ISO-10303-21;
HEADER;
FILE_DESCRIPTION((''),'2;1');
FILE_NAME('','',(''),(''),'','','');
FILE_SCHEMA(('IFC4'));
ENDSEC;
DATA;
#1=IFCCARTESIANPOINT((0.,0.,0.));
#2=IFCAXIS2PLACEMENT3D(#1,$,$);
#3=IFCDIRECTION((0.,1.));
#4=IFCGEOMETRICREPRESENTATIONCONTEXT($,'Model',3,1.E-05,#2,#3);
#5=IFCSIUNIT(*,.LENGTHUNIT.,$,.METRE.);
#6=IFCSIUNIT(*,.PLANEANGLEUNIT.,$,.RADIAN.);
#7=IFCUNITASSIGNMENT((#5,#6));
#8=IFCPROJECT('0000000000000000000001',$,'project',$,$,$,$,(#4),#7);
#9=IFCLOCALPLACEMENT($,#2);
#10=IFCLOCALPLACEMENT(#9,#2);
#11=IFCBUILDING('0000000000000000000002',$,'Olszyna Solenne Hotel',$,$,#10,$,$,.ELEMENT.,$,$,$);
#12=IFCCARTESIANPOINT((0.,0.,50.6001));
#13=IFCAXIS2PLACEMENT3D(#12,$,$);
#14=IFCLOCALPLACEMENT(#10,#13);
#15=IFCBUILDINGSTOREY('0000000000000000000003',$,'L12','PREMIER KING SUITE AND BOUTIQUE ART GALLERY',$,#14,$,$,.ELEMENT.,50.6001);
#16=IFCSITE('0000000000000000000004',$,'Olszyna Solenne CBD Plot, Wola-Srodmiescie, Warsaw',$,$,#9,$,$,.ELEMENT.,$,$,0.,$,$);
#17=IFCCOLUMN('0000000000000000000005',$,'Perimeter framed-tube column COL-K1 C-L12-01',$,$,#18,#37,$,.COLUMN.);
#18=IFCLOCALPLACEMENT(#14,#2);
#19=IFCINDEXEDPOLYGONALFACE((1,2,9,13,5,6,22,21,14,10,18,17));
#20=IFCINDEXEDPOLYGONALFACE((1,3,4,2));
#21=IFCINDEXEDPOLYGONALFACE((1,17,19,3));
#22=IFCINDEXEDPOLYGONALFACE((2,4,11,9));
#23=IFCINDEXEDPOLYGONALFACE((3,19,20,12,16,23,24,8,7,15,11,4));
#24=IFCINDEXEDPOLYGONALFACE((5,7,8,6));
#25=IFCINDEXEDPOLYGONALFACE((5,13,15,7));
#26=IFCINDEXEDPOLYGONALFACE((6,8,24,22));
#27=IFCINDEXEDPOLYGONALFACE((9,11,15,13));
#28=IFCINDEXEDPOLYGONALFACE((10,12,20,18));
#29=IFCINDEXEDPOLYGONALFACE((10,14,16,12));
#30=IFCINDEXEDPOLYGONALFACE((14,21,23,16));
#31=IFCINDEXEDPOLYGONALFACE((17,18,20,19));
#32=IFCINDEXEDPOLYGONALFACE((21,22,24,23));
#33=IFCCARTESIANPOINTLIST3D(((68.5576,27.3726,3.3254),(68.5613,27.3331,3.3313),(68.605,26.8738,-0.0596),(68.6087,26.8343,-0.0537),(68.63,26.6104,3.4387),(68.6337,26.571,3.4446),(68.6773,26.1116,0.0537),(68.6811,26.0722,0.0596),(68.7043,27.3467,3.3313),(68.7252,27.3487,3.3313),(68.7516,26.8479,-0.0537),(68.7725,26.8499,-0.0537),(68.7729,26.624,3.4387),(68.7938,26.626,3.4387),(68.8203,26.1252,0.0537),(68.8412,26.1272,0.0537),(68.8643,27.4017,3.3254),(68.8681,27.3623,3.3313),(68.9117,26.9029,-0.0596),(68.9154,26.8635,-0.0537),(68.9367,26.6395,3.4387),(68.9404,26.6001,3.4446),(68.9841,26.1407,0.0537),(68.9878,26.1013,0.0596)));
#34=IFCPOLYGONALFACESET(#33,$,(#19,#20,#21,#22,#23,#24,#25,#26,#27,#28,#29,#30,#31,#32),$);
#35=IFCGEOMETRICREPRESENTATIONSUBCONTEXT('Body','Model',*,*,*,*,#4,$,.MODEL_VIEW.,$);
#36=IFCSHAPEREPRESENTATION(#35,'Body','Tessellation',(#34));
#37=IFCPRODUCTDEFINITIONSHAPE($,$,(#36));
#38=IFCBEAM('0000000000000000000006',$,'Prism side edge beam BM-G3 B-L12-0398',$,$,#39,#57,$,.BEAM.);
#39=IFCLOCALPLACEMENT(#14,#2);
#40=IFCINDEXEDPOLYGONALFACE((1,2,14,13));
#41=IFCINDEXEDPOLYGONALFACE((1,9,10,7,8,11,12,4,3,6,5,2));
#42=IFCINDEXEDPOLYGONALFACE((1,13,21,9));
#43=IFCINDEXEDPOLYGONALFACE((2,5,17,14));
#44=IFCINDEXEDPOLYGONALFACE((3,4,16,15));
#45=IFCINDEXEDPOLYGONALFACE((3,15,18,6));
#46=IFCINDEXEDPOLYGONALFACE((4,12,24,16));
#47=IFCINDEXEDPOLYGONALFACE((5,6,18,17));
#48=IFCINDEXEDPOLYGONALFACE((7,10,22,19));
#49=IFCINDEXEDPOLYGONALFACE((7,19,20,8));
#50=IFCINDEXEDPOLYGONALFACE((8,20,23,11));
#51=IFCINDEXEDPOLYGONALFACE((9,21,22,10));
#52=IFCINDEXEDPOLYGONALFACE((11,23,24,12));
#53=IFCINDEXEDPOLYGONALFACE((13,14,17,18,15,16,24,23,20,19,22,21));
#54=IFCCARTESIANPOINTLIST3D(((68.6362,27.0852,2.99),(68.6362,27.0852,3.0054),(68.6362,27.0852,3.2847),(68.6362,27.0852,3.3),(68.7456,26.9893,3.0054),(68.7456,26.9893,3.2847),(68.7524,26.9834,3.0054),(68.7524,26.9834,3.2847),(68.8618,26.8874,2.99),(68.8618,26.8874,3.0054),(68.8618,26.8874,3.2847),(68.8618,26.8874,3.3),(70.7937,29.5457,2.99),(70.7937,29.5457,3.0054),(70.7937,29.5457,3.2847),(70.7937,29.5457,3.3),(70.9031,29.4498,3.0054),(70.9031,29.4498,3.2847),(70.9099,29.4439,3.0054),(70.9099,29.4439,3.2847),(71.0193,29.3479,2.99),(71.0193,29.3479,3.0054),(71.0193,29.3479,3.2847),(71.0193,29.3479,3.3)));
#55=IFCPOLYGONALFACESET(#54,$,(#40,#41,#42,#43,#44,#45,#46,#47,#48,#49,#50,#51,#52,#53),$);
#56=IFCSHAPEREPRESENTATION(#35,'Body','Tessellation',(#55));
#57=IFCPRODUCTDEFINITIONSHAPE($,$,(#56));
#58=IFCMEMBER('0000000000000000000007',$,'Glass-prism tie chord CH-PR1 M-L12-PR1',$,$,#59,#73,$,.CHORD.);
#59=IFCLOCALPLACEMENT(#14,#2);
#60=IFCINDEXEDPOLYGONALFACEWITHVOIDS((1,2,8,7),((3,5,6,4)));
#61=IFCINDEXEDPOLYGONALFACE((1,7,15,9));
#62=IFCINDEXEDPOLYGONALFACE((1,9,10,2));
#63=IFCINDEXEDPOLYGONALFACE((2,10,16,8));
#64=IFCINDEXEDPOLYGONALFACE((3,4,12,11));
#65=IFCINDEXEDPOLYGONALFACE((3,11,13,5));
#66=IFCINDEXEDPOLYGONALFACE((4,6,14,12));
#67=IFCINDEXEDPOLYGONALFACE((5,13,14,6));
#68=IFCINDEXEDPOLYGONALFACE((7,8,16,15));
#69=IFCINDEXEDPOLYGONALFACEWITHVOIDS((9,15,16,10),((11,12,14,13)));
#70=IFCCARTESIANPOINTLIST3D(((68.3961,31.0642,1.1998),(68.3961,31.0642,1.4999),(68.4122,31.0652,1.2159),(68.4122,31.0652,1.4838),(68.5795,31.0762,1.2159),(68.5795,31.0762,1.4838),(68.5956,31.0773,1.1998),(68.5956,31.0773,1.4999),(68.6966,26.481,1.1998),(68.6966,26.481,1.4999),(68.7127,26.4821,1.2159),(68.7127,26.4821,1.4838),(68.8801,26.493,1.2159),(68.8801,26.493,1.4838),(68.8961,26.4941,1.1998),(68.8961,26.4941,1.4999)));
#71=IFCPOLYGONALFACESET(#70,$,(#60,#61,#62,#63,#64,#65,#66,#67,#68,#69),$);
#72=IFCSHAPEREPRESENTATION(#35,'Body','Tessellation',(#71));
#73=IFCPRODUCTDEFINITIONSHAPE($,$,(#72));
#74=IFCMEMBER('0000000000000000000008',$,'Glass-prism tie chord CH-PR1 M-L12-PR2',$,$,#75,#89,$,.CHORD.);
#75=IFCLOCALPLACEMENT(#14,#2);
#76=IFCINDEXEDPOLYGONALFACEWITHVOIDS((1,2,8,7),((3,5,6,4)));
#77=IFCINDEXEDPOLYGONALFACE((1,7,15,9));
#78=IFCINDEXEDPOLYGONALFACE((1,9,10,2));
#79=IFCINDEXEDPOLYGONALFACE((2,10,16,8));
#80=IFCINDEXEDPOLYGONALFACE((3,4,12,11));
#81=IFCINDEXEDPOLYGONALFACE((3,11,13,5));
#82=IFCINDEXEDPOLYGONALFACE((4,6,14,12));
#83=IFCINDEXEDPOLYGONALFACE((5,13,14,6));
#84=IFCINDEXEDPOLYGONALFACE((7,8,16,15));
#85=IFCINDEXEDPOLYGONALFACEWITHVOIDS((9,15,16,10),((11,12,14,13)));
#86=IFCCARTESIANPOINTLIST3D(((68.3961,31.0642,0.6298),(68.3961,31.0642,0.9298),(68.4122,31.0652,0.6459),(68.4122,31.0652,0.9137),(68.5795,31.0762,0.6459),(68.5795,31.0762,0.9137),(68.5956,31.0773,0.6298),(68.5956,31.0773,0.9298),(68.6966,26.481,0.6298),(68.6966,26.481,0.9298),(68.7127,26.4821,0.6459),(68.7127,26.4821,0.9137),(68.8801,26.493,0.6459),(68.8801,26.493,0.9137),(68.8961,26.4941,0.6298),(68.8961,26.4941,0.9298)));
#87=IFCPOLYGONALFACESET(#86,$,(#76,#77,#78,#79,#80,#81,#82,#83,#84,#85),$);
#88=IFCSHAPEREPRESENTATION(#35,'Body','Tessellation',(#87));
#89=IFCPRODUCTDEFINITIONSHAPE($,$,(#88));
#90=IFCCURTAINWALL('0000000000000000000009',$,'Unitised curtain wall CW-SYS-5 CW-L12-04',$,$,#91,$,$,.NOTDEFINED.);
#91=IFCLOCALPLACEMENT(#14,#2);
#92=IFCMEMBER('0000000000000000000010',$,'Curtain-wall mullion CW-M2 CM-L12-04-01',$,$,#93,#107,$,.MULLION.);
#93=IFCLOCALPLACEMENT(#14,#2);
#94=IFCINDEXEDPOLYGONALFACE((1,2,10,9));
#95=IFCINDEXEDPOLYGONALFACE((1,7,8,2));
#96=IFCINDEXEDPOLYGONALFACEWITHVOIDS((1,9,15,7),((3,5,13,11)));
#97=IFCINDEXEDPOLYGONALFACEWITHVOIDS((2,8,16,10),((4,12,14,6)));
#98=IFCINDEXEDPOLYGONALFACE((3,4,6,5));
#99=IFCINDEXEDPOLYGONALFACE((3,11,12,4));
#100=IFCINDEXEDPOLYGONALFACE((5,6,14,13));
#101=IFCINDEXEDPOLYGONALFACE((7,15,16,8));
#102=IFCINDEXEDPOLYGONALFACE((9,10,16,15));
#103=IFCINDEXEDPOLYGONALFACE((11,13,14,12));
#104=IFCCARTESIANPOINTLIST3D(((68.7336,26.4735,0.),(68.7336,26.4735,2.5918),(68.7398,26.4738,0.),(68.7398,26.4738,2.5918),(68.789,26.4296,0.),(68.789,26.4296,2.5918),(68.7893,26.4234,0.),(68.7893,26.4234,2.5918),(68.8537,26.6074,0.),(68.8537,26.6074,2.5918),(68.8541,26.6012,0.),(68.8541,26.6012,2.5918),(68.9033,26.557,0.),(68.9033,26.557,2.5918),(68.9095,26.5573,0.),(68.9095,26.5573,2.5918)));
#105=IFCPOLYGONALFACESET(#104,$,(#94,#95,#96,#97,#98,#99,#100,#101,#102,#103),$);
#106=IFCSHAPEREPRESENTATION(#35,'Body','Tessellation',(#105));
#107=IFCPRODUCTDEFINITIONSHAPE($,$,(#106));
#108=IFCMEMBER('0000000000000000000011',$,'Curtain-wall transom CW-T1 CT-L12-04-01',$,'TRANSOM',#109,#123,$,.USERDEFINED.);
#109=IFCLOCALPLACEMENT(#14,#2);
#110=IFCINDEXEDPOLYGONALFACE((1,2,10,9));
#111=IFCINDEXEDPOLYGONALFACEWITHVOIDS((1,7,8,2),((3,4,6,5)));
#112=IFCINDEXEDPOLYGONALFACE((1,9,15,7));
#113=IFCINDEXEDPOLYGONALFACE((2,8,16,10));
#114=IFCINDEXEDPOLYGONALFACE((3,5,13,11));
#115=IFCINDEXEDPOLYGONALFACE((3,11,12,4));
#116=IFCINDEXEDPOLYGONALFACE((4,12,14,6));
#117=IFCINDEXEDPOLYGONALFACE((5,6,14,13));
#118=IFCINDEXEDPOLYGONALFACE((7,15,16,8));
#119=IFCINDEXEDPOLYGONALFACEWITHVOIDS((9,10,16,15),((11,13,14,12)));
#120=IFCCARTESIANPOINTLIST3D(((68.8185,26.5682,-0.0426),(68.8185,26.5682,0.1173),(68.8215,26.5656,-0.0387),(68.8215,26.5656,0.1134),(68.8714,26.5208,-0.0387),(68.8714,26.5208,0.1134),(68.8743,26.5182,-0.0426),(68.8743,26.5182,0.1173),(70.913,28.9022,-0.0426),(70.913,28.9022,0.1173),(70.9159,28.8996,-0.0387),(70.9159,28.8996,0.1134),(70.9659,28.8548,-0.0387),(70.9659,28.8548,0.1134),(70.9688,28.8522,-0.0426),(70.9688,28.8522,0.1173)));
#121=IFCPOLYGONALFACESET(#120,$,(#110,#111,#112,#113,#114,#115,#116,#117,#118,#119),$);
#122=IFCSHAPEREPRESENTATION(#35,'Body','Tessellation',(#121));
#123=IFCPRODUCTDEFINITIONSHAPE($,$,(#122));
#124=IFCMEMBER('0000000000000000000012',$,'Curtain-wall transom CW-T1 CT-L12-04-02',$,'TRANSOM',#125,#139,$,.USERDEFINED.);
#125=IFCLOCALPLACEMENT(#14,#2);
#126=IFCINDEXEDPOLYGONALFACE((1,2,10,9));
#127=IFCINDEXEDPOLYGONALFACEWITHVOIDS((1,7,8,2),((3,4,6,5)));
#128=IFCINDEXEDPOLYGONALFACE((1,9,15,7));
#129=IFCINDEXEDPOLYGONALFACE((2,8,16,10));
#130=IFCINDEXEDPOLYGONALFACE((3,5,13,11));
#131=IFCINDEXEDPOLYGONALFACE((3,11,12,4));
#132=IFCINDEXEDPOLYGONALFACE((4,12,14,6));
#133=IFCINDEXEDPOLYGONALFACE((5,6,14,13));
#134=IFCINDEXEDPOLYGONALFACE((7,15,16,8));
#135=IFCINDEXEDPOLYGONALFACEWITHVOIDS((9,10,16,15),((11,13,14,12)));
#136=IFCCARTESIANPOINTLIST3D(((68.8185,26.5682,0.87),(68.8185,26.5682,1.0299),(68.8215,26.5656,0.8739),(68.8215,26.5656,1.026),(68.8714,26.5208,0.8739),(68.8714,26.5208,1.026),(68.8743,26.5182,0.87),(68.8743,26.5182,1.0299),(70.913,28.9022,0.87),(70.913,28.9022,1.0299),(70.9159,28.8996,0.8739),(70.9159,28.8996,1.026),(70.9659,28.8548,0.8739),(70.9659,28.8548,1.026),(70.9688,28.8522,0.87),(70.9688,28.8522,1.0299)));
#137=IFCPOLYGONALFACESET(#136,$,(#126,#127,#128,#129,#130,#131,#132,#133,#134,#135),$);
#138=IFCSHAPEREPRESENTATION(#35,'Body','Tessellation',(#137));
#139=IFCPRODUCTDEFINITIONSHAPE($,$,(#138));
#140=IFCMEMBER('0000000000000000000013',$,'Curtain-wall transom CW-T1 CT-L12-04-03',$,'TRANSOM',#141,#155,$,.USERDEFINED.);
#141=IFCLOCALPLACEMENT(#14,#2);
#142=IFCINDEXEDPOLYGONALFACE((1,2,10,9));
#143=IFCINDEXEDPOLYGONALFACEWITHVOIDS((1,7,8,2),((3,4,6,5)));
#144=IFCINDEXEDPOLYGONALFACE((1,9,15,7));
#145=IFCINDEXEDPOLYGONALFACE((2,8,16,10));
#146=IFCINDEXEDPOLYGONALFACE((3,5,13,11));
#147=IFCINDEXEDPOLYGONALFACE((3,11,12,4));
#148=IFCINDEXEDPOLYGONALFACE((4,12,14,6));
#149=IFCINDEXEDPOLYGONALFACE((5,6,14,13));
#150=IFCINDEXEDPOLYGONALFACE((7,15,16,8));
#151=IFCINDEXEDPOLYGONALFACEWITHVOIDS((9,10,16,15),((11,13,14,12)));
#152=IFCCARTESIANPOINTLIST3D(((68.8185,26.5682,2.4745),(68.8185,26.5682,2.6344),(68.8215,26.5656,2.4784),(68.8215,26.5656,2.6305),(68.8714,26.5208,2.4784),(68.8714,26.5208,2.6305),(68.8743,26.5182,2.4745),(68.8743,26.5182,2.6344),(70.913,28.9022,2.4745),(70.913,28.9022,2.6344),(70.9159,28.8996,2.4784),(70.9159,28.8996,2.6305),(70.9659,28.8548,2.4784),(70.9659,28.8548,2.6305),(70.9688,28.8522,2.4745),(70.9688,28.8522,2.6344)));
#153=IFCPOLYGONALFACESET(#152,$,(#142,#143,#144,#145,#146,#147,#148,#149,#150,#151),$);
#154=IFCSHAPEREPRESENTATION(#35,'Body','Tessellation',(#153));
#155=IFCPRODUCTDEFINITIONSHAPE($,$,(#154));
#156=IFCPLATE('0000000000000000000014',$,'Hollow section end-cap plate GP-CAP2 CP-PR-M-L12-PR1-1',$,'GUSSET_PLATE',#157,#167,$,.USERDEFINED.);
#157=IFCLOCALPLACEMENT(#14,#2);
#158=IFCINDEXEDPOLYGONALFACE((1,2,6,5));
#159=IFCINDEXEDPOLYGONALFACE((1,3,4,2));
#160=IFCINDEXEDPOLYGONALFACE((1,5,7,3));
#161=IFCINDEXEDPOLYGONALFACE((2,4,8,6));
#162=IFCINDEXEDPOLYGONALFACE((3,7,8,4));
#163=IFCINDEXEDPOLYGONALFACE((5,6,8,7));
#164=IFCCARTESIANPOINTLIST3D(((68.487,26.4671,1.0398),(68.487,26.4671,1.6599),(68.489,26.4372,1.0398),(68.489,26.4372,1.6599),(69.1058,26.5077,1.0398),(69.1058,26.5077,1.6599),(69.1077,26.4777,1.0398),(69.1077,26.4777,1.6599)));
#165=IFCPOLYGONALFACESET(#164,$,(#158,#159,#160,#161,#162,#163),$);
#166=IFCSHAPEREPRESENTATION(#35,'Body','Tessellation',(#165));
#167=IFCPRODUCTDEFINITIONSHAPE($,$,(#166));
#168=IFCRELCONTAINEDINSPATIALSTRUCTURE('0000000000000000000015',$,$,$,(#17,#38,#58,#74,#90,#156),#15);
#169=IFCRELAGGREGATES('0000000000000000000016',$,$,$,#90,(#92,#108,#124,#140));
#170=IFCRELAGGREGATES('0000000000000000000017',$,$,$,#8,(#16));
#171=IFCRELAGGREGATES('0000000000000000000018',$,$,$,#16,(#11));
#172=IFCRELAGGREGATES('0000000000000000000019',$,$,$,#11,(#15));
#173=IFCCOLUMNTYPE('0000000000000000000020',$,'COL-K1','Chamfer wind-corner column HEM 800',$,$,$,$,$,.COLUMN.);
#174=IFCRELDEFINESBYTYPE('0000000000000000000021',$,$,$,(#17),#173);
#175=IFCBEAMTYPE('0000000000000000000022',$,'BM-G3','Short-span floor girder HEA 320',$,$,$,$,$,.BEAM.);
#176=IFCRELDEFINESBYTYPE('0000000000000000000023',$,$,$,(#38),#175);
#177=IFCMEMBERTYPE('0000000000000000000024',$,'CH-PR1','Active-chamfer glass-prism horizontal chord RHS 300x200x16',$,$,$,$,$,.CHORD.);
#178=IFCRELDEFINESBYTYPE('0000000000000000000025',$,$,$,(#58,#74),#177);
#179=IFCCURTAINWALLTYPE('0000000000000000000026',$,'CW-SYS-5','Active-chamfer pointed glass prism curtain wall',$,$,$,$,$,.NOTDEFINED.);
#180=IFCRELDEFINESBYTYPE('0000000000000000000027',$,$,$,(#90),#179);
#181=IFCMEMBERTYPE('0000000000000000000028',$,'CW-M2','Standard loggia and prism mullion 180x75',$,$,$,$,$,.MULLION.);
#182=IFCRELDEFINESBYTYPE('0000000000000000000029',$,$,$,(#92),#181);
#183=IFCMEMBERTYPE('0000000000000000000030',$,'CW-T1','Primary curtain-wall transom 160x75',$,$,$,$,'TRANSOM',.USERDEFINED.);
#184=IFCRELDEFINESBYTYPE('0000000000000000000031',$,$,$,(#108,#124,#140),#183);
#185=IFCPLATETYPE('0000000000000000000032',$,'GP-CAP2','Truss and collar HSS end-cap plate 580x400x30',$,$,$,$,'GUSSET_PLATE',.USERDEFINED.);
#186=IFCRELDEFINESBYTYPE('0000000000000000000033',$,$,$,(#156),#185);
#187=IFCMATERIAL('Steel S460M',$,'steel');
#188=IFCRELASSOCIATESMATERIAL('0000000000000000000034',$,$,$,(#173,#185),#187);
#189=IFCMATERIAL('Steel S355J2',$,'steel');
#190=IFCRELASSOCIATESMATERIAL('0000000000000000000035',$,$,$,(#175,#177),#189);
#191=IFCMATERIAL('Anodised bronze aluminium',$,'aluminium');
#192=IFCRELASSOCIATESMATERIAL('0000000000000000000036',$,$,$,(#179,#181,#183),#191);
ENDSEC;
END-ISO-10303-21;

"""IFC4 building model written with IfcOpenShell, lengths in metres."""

from ifc_helpers import new_model, si_unit, direction, frame, origin, origin_2d, place, context, subcontext, project, spatial, rectangle, hollow_rectangle, i_section, extrude, source, transform, mapped, material, material_profile, profile_set, type_object, element, aggregate, save


model = new_model("IFC4")

# Units and contexts
model_context = context("Model", 3, precision=1e-05, world=origin(), true_north=direction((0.0, 1.0)))
body_context = subcontext(model_context, "Body", "Model", "MODEL_VIEW")
ifc_project = project(units=[si_unit("LENGTHUNIT", "METRE"), si_unit("PLANEANGLEUNIT", "RADIAN")], contexts=[model_context])

# Site, building, storey
site_placement = place(None, origin())
site = spatial("IfcSite", under=ifc_project, at=site_placement, Name="Olszyna Solenne CBD Plot, Wola-Srodmiescie, Warsaw", CompositionType="ELEMENT", RefElevation=0.0)
building_placement = place(site_placement, origin())
building = spatial("IfcBuilding", under=site, at=building_placement, Name="Olszyna Solenne Hotel", CompositionType="ELEMENT")
storey_placement = place(building_placement, frame((0.0, 0.0, 50.6001)))
storey = spatial("IfcBuildingStorey", under=building, at=storey_placement, Name="L12", Description="PREMIER KING SUITE AND BOUTIQUE ART GALLERY", CompositionType="ELEMENT", Elevation=50.6001)

# Column
ifc_material_1 = material(Name="Steel S460M", Category="steel")
ifc_material_profile_1 = material_profile(ifc_material_1, i_section(OverallWidth=0.3081, OverallDepth=0.814, WebThickness=0.021, FlangeThickness=0.04, at=origin_2d()), Name="HEM 800", Category="load-bearing")
ifc_profile_set_1 = profile_set([ifc_material_profile_1], Name="Steel S460M")
column_type = type_object("IfcColumnType", Name="COL-K1", Description="Chamfer wind-corner column HEM 800", PredefinedType="COLUMN", material=ifc_profile_set_1)
shared_shape_1 = source(origin(), body_context, "Body", "SweptSolid", [
    extrude(i_section(OverallWidth=0.3081, OverallDepth=0.814, WebThickness=0.021, FlangeThickness=0.04, at=origin_2d()), origin(), (0.0, 0.0, 1.0), 3.4219),
])
column_placement = place(storey_placement, frame((68.7964, 26.4875, 0.0), z_axis=(-0.013841, 0.145761, 0.989223), x_axis=(-0.995522, -0.094533, 0.0)))
element("IfcColumn", 1, at=column_placement, inside=storey, type_object=column_type, Name="Perimeter framed-tube column COL-K1 C-L12-01", PredefinedType="COLUMN", context=body_context, shape_type="MappedRepresentation", body=[
    mapped(shared_shape_1, transform((0.0, 0.0, 0.0), x_axis=(1.0, 0.0, 0.0), y_axis=(0.0, 1.0, 0.0), z_axis=(0.0, 0.0, 1.0), scale=1.0)),
])

# Beam
ifc_material_2 = material(Name="Steel S355J2", Category="steel")
ifc_material_profile_2 = material_profile(ifc_material_2, i_section(OverallWidth=0.3, OverallDepth=0.3101, WebThickness=0.009, FlangeThickness=0.0154, at=origin_2d()), Name="HEA 320", Category="load-bearing")
ifc_profile_set_2 = profile_set([ifc_material_profile_2], Name="Steel S355J2")
beam_type = type_object("IfcBeamType", Name="BM-G3", Description="Short-span floor girder HEA 320", PredefinedType="BEAM", material=ifc_profile_set_2)
shared_shape_2 = source(origin(), body_context, "Body", "SweptSolid", [
    extrude(i_section(OverallWidth=0.3, OverallDepth=0.3101, WebThickness=0.009, FlangeThickness=0.0154, at=origin_2d()), origin(), (0.0, 0.0, 1.0), 3.2725),
])
beam_placement = place(storey_placement, frame((68.749, 26.9863, 3.145), z_axis=(0.659297, 0.751883, 0.0), x_axis=(-0.751883, 0.659297, 0.0)))
element("IfcBeam", 2, at=beam_placement, inside=storey, type_object=beam_type, Name="Prism side edge beam BM-G3 B-L12-0398", PredefinedType="BEAM", context=body_context, shape_type="MappedRepresentation", body=[
    mapped(shared_shape_2, transform((0.0, 0.0, 0.0), x_axis=(1.0, 0.0, 0.0), y_axis=(0.0, 1.0, 0.0), z_axis=(0.0, 0.0, 1.0), scale=1.0)),
])

# Members
ifc_material_profile_3 = material_profile(ifc_material_2, hollow_rectangle(XDim=0.2, YDim=0.3, WallThickness=0.0161, at=origin_2d()), Name="RHS 300x200x16", Category="load-bearing")
ifc_profile_set_3 = profile_set([ifc_material_profile_3], Name="Steel S355J2")
member_type_1 = type_object("IfcMemberType", Name="CH-PR1", Description="Active-chamfer glass-prism horizontal chord RHS 300x200x16", PredefinedType="CHORD", material=ifc_profile_set_3)
shared_shape_3 = source(origin(), body_context, "Body", "SweptSolid", [
    extrude(hollow_rectangle(XDim=0.2, YDim=0.3, WallThickness=0.0161, at=origin_2d()), origin(), (0.0, 0.0, 1.0), 4.593),
])
for number, where, z_axis, x_axis, name in (
    (3, (68.7964, 26.4875, 1.3499), (-0.065432, 0.997857, 0.0), (-0.997857, -0.065432, 0.0), "Glass-prism tie chord CH-PR1 M-L12-PR1"),
    (4, (68.7964, 26.4875, 0.7798), (-0.065432, 0.997857, 0.0), (-0.997857, -0.065432, 0.0), "Glass-prism tie chord CH-PR1 M-L12-PR2"),
):
    element("IfcMember", number, at=place(storey_placement, frame(where, z_axis=z_axis, x_axis=x_axis)), inside=storey, type_object=member_type_1, Name=name, PredefinedType="CHORD", context=body_context, shape_type="MappedRepresentation", body=[
        mapped(shared_shape_3, transform((0.0, 0.0, 0.0), x_axis=(1.0, 0.0, 0.0), y_axis=(0.0, 1.0, 0.0), z_axis=(0.0, 0.0, 1.0), scale=1.0)),
    ])

# Curtain wall, members
ifc_material_3 = material(Name="Anodised bronze aluminium", Category="aluminium")
curtain_wall_type = type_object("IfcCurtainWallType", Name="CW-SYS-5", Description="Active-chamfer pointed glass prism curtain wall", PredefinedType="NOTDEFINED", material=ifc_material_3)
curtain_wall_placement = place(storey_placement, origin())
curtain_wall = element("IfcCurtainWall", 5, at=curtain_wall_placement, inside=storey, type_object=curtain_wall_type, Name="Unitised curtain wall CW-SYS-5 CW-L12-04", PredefinedType="NOTDEFINED")
ifc_material_profile_4 = material_profile(ifc_material_3, hollow_rectangle(XDim=0.075, YDim=0.1799, WallThickness=0.0044, at=origin_2d()), Name="MULL 180x75x4.5", Category="load-bearing")
ifc_profile_set_4 = profile_set([ifc_material_profile_4], Name="Anodised bronze aluminium")
member_type_2 = type_object("IfcMemberType", Name="CW-M2", Description="Standard loggia and prism mullion 180x75", PredefinedType="MULLION", material=ifc_profile_set_4)
shared_shape_4 = source(origin(), body_context, "Body", "SweptSolid", [
    extrude(hollow_rectangle(XDim=0.075, YDim=0.1799, WallThickness=0.0044, at=origin_2d()), origin(), (0.0, 0.0, 1.0), 2.5918),
])
member_1_placement = place(storey_placement, frame((68.8215, 26.5154, 0.0), z_axis=(0.0, 0.0, 1.0), x_axis=(-0.744226, 0.667928, 0.0)))
member_1 = element("IfcMember", 6, at=member_1_placement, type_object=member_type_2, Name="Curtain-wall mullion CW-M2 CM-L12-04-01", PredefinedType="MULLION", context=body_context, shape_type="MappedRepresentation", body=[
    mapped(shared_shape_4, transform((0.0, 0.0, 0.0), x_axis=(1.0, 0.0, 0.0), y_axis=(0.0, 1.0, 0.0), z_axis=(0.0, 0.0, 1.0), scale=1.0)),
])
ifc_material_profile_5 = material_profile(ifc_material_3, hollow_rectangle(XDim=0.075, YDim=0.1599, WallThickness=0.0039, at=origin_2d()), Name="TRAN 160x75x4", Category="load-bearing")
ifc_profile_set_5 = profile_set([ifc_material_profile_5], Name="Anodised bronze aluminium")
member_type_3 = type_object("IfcMemberType", Name="CW-T1", Description="Primary curtain-wall transom 160x75", ElementType="TRANSOM", PredefinedType="USERDEFINED", material=ifc_profile_set_5)
shared_shape_5 = source(origin(), body_context, "Body", "SweptSolid", [
    extrude(hollow_rectangle(XDim=0.075, YDim=0.1599, WallThickness=0.0039, at=origin_2d()), origin(), (0.0, 0.0, 1.0), 3.136),
])
member_2_placement = place(storey_placement, frame((68.8464, 26.5432, 0.0374), z_axis=(0.667889, 0.744261, 0.0), x_axis=(-0.744261, 0.667889, 0.0)))
member_2 = element("IfcMember", 7, at=member_2_placement, type_object=member_type_3, Name="Curtain-wall transom CW-T1 CT-L12-04-01", ObjectType="TRANSOM", PredefinedType="USERDEFINED", context=body_context, shape_type="MappedRepresentation", body=[
    mapped(shared_shape_5, transform((0.0, 0.0, 0.0), x_axis=(1.0, 0.0, 0.0), y_axis=(0.0, 1.0, 0.0), z_axis=(0.0, 0.0, 1.0), scale=1.0)),
])
member_3_placement = place(storey_placement, frame((68.8464, 26.5432, 0.95), z_axis=(0.667889, 0.744261, 0.0), x_axis=(-0.744261, 0.667889, 0.0)))
member_3 = element("IfcMember", 8, at=member_3_placement, type_object=member_type_3, Name="Curtain-wall transom CW-T1 CT-L12-04-02", ObjectType="TRANSOM", PredefinedType="USERDEFINED", context=body_context, shape_type="MappedRepresentation", body=[
    mapped(shared_shape_5, transform((0.0, 0.0, 0.0), x_axis=(1.0, 0.0, 0.0), y_axis=(0.0, 1.0, 0.0), z_axis=(0.0, 0.0, 1.0), scale=1.0)),
])
member_4_placement = place(storey_placement, frame((68.8464, 26.5432, 2.5544), z_axis=(0.667889, 0.744261, 0.0), x_axis=(-0.744261, 0.667889, 0.0)))
member_4 = element("IfcMember", 9, at=member_4_placement, type_object=member_type_3, Name="Curtain-wall transom CW-T1 CT-L12-04-03", ObjectType="TRANSOM", PredefinedType="USERDEFINED", context=body_context, shape_type="MappedRepresentation", body=[
    mapped(shared_shape_5, transform((0.0, 0.0, 0.0), x_axis=(1.0, 0.0, 0.0), y_axis=(0.0, 1.0, 0.0), z_axis=(0.0, 0.0, 1.0), scale=1.0)),
])
aggregate(curtain_wall, [member_1, member_2, member_3, member_4])

# Plate
plate_type = type_object("IfcPlateType", Name="GP-CAP2", Description="Truss and collar HSS end-cap plate 580x400x30", ElementType="GUSSET_PLATE", PredefinedType="USERDEFINED", material=ifc_material_1)
shared_shape_6 = source(origin(), body_context, "Body", "SweptSolid", [
    extrude(rectangle(XDim=0.03, YDim=0.6201, at=origin_2d()), origin(), (0.0, 0.0, 1.0), 0.6201),
])
for number, where, z_axis, x_axis, name in (
    (10, (68.7974, 26.4724, 1.0398), (0.0, 0.0, 1.0), (-0.065403, 0.997859, 0.0), "Hollow section end-cap plate GP-CAP2 CP-PR-M-L12-PR1-1"),
):
    element("IfcPlate", number, at=place(storey_placement, frame(where, z_axis=z_axis, x_axis=x_axis)), inside=storey, type_object=plate_type, Name=name, ObjectType="GUSSET_PLATE", PredefinedType="USERDEFINED", context=body_context, shape_type="MappedRepresentation", body=[
        mapped(shared_shape_6, transform((0.0, 0.0, 0.0), x_axis=(1.0, 0.0, 0.0), y_axis=(0.0, 1.0, 0.0), z_axis=(0.0, 0.0, 1.0), scale=1.0)),
    ])

save(model, "model.ifc")
